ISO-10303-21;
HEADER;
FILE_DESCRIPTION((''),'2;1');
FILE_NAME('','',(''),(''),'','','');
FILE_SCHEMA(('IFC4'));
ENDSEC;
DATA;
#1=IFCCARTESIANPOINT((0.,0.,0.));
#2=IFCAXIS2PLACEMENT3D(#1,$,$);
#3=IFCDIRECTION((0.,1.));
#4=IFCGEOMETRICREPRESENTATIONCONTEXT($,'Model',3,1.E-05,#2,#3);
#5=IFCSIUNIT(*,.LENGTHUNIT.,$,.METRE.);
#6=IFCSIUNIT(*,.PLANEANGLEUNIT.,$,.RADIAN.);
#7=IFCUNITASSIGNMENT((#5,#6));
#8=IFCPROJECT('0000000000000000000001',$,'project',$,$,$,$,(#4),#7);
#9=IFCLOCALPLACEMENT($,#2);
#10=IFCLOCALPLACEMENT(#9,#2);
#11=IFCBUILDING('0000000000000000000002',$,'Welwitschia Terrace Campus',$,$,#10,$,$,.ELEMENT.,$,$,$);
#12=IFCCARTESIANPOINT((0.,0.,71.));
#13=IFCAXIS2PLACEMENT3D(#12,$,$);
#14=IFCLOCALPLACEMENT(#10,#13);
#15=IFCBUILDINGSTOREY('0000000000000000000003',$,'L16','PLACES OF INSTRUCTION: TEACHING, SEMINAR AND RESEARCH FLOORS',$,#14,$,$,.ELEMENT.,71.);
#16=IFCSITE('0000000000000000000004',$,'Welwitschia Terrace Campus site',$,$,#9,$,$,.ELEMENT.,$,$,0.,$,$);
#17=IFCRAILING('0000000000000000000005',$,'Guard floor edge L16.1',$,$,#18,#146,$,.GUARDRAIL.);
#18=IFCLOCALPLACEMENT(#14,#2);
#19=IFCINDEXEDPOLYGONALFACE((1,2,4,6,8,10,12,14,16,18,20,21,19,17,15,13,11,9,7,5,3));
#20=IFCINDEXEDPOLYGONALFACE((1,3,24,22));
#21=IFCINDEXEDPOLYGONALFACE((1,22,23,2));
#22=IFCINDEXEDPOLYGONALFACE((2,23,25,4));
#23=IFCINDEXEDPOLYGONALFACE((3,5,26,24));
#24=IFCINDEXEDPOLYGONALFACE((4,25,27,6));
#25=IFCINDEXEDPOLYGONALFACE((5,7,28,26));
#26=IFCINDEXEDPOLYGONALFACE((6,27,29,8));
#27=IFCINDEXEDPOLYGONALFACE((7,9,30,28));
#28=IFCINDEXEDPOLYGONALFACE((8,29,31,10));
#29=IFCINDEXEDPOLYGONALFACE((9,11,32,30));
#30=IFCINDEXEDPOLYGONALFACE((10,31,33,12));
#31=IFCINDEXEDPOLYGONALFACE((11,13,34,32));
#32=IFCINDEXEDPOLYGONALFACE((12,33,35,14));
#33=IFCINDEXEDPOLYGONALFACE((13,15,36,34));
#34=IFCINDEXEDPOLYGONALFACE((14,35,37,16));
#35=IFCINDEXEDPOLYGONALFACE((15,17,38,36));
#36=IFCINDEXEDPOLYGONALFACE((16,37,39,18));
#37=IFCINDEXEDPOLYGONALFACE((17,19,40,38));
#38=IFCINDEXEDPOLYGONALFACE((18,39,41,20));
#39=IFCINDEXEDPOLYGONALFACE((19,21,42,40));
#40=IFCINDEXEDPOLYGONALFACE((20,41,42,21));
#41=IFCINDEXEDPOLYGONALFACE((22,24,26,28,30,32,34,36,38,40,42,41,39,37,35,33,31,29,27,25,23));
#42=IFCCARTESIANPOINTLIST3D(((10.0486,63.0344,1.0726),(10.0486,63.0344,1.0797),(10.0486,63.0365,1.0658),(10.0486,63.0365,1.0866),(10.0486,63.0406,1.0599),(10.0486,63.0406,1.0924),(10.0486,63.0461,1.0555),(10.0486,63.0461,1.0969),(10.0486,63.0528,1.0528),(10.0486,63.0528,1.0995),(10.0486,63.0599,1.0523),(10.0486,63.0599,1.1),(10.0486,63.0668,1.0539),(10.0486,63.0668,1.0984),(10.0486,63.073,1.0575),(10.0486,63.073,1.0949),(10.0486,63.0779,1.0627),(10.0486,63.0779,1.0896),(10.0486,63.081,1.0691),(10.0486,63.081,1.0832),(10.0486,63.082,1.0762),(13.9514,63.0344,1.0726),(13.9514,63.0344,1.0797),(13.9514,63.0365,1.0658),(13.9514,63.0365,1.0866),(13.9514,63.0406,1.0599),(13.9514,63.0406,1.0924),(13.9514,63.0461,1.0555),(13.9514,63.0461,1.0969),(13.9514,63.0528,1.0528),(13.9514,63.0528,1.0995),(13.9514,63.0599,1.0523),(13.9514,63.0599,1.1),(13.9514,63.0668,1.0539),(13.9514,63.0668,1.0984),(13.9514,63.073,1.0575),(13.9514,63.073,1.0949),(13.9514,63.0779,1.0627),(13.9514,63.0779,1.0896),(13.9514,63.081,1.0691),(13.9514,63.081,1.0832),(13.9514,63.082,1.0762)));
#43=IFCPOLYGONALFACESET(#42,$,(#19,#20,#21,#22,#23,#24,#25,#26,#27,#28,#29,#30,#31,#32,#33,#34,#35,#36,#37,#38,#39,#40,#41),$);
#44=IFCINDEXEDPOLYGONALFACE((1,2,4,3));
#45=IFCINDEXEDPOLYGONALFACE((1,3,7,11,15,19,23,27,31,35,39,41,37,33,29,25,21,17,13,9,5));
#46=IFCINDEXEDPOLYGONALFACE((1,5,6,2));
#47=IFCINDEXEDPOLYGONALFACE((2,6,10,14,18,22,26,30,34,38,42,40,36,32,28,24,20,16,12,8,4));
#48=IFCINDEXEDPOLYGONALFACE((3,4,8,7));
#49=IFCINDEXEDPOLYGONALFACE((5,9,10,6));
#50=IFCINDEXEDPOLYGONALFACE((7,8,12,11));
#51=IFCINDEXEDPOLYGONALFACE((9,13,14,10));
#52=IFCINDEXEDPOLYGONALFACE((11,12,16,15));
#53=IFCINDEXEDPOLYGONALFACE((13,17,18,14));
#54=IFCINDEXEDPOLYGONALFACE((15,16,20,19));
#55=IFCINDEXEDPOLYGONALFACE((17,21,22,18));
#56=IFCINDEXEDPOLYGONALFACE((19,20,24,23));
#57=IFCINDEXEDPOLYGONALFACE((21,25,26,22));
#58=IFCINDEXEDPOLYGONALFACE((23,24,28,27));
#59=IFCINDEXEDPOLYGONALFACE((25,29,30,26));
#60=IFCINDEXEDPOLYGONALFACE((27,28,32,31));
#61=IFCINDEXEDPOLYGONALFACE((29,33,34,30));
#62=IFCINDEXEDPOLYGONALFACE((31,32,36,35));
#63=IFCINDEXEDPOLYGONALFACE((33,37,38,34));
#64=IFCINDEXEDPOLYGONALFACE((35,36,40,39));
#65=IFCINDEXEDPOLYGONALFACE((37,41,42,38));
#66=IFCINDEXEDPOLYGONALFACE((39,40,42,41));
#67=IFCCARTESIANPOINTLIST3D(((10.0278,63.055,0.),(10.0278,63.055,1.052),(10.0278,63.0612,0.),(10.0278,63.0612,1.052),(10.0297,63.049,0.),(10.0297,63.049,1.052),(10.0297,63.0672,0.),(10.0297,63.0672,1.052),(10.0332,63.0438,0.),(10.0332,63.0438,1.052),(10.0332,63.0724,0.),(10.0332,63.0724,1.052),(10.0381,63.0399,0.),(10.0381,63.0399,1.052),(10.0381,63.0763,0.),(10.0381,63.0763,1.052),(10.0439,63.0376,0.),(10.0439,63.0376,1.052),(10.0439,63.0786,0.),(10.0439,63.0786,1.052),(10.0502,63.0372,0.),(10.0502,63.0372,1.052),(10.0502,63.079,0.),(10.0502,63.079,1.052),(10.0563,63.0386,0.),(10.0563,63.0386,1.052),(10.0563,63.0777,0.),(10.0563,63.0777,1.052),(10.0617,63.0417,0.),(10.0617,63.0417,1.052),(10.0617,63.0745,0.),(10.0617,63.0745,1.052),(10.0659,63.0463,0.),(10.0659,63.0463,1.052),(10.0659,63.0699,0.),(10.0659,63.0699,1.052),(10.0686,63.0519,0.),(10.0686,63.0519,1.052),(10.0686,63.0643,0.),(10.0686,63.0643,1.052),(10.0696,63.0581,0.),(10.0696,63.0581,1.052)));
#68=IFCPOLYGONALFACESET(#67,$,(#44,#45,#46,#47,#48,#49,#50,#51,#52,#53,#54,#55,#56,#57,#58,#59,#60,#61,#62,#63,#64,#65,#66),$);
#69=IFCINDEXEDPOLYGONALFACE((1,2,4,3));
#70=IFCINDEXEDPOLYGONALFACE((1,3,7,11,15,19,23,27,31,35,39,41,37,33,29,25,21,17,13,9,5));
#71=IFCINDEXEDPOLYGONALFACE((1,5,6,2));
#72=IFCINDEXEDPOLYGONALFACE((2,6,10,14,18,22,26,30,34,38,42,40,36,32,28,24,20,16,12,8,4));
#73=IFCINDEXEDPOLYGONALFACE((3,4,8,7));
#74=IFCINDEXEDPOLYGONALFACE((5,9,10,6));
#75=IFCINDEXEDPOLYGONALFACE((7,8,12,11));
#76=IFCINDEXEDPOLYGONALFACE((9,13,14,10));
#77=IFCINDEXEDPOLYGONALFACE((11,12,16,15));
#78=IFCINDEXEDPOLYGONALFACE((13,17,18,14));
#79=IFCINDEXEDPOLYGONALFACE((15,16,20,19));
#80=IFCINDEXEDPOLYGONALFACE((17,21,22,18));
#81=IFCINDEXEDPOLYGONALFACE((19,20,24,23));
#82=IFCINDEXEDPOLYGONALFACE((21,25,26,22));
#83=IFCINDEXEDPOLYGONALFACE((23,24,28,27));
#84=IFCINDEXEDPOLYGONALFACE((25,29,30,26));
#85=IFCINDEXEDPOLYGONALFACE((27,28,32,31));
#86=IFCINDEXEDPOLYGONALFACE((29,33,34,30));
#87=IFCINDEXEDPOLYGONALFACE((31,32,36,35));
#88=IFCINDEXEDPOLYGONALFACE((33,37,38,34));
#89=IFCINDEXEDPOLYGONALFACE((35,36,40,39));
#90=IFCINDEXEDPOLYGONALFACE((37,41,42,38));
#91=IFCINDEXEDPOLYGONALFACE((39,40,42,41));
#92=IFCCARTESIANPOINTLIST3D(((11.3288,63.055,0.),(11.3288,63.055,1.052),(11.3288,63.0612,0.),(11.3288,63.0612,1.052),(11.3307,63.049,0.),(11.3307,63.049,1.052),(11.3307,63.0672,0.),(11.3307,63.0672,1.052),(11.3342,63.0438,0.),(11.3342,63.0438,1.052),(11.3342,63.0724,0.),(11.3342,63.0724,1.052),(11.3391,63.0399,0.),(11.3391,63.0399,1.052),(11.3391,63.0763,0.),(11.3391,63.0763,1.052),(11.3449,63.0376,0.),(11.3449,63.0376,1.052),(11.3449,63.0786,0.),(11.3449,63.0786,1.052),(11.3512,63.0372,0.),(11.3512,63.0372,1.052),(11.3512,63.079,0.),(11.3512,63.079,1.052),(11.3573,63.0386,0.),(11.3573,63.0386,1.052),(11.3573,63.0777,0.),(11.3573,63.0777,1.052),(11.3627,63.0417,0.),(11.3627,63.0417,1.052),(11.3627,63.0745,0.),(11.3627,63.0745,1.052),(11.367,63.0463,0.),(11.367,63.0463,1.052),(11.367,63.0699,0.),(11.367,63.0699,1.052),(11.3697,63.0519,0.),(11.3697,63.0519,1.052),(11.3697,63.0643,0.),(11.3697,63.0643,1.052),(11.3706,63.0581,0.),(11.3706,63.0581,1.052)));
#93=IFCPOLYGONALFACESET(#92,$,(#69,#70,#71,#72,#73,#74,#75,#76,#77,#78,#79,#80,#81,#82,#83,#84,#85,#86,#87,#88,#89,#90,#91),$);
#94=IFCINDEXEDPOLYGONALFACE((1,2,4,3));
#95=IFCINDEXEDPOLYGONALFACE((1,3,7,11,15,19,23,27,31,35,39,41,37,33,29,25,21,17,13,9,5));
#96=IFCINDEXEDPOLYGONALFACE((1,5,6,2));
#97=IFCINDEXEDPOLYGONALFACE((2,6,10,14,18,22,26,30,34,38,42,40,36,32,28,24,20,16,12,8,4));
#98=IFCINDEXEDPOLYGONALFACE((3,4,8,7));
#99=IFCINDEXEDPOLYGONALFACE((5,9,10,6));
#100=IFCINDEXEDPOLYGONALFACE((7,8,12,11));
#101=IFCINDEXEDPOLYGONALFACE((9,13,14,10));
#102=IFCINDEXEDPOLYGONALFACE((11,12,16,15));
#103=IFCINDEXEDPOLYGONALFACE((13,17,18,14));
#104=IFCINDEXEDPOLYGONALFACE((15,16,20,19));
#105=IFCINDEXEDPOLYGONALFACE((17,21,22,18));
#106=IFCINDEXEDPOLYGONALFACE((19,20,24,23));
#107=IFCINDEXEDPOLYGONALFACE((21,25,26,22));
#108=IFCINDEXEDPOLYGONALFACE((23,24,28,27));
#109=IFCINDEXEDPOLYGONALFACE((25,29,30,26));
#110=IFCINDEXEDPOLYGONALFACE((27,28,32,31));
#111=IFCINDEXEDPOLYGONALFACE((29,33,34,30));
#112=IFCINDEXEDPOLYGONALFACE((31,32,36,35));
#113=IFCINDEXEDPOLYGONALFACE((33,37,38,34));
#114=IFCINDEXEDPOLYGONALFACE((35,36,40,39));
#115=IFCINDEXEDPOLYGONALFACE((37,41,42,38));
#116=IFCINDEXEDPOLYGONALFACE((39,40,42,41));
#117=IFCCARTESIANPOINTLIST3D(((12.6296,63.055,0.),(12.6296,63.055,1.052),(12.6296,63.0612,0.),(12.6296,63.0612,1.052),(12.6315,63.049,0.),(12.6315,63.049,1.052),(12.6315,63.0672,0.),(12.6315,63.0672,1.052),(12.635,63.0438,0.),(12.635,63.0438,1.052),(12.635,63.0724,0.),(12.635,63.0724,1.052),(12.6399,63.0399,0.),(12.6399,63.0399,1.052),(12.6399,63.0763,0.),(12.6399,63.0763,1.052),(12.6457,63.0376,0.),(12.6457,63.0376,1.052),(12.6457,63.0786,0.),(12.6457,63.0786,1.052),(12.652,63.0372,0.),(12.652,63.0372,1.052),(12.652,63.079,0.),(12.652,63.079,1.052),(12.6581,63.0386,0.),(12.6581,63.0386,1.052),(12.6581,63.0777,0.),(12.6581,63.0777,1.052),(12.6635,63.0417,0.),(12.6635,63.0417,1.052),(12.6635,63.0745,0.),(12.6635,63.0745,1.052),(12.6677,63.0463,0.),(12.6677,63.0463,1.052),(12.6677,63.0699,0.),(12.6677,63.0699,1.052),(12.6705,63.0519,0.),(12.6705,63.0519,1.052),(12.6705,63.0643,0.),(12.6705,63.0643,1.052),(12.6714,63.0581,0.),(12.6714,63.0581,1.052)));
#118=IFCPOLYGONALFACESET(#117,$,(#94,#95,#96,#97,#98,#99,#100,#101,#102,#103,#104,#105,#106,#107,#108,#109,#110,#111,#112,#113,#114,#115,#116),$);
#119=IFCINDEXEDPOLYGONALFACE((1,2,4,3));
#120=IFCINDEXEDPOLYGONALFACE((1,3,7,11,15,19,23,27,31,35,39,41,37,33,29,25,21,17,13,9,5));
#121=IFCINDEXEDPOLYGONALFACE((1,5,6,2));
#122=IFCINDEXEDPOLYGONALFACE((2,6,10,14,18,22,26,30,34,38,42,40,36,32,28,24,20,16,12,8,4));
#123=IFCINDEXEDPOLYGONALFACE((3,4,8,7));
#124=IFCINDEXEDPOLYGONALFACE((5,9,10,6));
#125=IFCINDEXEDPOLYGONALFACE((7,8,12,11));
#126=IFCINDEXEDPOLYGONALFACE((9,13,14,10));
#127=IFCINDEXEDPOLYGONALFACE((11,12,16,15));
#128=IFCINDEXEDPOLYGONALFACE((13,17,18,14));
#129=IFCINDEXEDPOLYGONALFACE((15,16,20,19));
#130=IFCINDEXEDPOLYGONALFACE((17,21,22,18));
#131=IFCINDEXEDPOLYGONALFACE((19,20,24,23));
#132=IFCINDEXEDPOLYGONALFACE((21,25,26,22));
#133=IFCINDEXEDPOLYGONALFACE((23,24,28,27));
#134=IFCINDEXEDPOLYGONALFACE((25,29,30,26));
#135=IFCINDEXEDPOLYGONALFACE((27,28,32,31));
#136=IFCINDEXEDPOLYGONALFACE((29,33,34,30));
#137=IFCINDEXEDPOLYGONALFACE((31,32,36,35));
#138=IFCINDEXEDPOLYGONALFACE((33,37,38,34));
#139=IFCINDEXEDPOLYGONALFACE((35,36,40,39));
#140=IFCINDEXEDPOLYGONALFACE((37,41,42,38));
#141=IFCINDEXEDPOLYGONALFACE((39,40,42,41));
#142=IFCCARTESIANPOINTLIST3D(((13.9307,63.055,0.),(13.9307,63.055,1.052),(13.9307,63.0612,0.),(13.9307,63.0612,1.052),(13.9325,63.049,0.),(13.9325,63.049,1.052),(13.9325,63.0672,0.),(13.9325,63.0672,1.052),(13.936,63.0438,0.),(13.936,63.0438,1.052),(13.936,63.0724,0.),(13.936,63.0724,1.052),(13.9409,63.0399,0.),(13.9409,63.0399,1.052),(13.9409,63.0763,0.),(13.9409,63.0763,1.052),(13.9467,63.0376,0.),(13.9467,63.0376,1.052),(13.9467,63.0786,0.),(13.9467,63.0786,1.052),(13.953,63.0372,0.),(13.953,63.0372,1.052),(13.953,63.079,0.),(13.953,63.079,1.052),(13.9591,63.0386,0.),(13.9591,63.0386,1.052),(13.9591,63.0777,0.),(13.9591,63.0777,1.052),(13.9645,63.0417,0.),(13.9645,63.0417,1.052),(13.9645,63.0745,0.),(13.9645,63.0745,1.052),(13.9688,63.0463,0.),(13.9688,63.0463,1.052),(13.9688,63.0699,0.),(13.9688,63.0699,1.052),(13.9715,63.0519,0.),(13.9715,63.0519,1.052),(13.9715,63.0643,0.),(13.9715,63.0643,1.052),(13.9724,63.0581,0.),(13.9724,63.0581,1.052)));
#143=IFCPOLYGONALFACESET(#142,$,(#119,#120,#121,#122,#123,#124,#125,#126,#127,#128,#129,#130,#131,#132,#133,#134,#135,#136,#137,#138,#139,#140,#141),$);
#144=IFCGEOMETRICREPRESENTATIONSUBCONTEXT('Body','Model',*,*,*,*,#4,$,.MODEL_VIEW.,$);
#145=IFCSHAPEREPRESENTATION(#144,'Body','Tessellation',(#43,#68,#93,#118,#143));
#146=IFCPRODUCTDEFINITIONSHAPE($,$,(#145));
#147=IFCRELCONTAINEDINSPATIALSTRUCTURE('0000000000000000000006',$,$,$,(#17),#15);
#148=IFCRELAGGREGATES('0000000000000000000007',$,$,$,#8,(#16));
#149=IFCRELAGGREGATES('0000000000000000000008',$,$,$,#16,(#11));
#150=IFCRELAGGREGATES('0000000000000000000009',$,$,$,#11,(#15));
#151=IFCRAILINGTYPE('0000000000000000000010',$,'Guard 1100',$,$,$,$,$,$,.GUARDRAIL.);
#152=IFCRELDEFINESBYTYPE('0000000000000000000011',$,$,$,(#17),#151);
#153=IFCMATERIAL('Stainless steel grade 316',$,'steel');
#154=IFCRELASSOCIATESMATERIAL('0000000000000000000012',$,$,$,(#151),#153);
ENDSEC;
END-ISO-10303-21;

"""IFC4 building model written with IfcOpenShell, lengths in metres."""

from ifc_helpers import new_model, si_unit, direction, frame, origin, origin_2d, place, context, subcontext, project, spatial, circle, extrude, material, type_object, element, save


model = new_model("IFC4")

# Units and contexts
model_context = context("Model", 3, precision=1e-05, world=origin(), true_north=direction((0.0, 1.0)))
body_context = subcontext(model_context, "Body", "Model", "MODEL_VIEW")
ifc_project = project(units=[si_unit("LENGTHUNIT", "METRE"), si_unit("PLANEANGLEUNIT", "RADIAN")], contexts=[model_context])

# Site, building, storey
site_placement = place(None, origin())
site = spatial("IfcSite", under=ifc_project, at=site_placement, Name="Welwitschia Terrace Campus site", CompositionType="ELEMENT", RefElevation=0.0)
building_placement = place(site_placement, origin())
building = spatial("IfcBuilding", under=site, at=building_placement, Name="Welwitschia Terrace Campus", CompositionType="ELEMENT")
storey_placement = place(building_placement, frame((0.0, 0.0, 71.0)))
storey = spatial("IfcBuildingStorey", under=building, at=storey_placement, Name="L16", Description="PLACES OF INSTRUCTION: TEACHING, SEMINAR AND RESEARCH FLOORS", CompositionType="ELEMENT", Elevation=71.0)

# Railing
ifc_material_1 = material(Name="Stainless steel grade 316", Category="steel")
railing_type = type_object("IfcRailingType", Name="Guard 1100", PredefinedType="GUARDRAIL", material=ifc_material_1)
railing_1_placement = place(storey_placement, frame((10.0486, 63.0581, 0.0)))
element("IfcRailing", 1, at=railing_1_placement, inside=storey, type_object=railing_type, Name="Guard floor edge L16.1", PredefinedType="GUARDRAIL", context=body_context, shape_type="SweptSolid", body=[
    extrude(circle(Radius=0.0239, at=origin_2d()), frame((0.0, 0.0, 1.0762), z_axis=(1.0, 0.0, 0.0), x_axis=(0.0, 1.0, 0.0)), (0.0, 0.0, 1.0), 3.9028),
    extrude(circle(Radius=0.021, at=origin_2d()), origin(), (0.0, 0.0, 1.0), 1.052),
    extrude(circle(Radius=0.021, at=origin_2d()), frame((1.301, 0.0, 0.0)), (0.0, 0.0, 1.0), 1.052),
    extrude(circle(Radius=0.021, at=origin_2d()), frame((2.6018, 0.0, 0.0)), (0.0, 0.0, 1.0), 1.052),
    extrude(circle(Radius=0.021, at=origin_2d()), frame((3.9028, 0.0, 0.0)), (0.0, 0.0, 1.0), 1.052),
])

save(model, "model.ifc")
